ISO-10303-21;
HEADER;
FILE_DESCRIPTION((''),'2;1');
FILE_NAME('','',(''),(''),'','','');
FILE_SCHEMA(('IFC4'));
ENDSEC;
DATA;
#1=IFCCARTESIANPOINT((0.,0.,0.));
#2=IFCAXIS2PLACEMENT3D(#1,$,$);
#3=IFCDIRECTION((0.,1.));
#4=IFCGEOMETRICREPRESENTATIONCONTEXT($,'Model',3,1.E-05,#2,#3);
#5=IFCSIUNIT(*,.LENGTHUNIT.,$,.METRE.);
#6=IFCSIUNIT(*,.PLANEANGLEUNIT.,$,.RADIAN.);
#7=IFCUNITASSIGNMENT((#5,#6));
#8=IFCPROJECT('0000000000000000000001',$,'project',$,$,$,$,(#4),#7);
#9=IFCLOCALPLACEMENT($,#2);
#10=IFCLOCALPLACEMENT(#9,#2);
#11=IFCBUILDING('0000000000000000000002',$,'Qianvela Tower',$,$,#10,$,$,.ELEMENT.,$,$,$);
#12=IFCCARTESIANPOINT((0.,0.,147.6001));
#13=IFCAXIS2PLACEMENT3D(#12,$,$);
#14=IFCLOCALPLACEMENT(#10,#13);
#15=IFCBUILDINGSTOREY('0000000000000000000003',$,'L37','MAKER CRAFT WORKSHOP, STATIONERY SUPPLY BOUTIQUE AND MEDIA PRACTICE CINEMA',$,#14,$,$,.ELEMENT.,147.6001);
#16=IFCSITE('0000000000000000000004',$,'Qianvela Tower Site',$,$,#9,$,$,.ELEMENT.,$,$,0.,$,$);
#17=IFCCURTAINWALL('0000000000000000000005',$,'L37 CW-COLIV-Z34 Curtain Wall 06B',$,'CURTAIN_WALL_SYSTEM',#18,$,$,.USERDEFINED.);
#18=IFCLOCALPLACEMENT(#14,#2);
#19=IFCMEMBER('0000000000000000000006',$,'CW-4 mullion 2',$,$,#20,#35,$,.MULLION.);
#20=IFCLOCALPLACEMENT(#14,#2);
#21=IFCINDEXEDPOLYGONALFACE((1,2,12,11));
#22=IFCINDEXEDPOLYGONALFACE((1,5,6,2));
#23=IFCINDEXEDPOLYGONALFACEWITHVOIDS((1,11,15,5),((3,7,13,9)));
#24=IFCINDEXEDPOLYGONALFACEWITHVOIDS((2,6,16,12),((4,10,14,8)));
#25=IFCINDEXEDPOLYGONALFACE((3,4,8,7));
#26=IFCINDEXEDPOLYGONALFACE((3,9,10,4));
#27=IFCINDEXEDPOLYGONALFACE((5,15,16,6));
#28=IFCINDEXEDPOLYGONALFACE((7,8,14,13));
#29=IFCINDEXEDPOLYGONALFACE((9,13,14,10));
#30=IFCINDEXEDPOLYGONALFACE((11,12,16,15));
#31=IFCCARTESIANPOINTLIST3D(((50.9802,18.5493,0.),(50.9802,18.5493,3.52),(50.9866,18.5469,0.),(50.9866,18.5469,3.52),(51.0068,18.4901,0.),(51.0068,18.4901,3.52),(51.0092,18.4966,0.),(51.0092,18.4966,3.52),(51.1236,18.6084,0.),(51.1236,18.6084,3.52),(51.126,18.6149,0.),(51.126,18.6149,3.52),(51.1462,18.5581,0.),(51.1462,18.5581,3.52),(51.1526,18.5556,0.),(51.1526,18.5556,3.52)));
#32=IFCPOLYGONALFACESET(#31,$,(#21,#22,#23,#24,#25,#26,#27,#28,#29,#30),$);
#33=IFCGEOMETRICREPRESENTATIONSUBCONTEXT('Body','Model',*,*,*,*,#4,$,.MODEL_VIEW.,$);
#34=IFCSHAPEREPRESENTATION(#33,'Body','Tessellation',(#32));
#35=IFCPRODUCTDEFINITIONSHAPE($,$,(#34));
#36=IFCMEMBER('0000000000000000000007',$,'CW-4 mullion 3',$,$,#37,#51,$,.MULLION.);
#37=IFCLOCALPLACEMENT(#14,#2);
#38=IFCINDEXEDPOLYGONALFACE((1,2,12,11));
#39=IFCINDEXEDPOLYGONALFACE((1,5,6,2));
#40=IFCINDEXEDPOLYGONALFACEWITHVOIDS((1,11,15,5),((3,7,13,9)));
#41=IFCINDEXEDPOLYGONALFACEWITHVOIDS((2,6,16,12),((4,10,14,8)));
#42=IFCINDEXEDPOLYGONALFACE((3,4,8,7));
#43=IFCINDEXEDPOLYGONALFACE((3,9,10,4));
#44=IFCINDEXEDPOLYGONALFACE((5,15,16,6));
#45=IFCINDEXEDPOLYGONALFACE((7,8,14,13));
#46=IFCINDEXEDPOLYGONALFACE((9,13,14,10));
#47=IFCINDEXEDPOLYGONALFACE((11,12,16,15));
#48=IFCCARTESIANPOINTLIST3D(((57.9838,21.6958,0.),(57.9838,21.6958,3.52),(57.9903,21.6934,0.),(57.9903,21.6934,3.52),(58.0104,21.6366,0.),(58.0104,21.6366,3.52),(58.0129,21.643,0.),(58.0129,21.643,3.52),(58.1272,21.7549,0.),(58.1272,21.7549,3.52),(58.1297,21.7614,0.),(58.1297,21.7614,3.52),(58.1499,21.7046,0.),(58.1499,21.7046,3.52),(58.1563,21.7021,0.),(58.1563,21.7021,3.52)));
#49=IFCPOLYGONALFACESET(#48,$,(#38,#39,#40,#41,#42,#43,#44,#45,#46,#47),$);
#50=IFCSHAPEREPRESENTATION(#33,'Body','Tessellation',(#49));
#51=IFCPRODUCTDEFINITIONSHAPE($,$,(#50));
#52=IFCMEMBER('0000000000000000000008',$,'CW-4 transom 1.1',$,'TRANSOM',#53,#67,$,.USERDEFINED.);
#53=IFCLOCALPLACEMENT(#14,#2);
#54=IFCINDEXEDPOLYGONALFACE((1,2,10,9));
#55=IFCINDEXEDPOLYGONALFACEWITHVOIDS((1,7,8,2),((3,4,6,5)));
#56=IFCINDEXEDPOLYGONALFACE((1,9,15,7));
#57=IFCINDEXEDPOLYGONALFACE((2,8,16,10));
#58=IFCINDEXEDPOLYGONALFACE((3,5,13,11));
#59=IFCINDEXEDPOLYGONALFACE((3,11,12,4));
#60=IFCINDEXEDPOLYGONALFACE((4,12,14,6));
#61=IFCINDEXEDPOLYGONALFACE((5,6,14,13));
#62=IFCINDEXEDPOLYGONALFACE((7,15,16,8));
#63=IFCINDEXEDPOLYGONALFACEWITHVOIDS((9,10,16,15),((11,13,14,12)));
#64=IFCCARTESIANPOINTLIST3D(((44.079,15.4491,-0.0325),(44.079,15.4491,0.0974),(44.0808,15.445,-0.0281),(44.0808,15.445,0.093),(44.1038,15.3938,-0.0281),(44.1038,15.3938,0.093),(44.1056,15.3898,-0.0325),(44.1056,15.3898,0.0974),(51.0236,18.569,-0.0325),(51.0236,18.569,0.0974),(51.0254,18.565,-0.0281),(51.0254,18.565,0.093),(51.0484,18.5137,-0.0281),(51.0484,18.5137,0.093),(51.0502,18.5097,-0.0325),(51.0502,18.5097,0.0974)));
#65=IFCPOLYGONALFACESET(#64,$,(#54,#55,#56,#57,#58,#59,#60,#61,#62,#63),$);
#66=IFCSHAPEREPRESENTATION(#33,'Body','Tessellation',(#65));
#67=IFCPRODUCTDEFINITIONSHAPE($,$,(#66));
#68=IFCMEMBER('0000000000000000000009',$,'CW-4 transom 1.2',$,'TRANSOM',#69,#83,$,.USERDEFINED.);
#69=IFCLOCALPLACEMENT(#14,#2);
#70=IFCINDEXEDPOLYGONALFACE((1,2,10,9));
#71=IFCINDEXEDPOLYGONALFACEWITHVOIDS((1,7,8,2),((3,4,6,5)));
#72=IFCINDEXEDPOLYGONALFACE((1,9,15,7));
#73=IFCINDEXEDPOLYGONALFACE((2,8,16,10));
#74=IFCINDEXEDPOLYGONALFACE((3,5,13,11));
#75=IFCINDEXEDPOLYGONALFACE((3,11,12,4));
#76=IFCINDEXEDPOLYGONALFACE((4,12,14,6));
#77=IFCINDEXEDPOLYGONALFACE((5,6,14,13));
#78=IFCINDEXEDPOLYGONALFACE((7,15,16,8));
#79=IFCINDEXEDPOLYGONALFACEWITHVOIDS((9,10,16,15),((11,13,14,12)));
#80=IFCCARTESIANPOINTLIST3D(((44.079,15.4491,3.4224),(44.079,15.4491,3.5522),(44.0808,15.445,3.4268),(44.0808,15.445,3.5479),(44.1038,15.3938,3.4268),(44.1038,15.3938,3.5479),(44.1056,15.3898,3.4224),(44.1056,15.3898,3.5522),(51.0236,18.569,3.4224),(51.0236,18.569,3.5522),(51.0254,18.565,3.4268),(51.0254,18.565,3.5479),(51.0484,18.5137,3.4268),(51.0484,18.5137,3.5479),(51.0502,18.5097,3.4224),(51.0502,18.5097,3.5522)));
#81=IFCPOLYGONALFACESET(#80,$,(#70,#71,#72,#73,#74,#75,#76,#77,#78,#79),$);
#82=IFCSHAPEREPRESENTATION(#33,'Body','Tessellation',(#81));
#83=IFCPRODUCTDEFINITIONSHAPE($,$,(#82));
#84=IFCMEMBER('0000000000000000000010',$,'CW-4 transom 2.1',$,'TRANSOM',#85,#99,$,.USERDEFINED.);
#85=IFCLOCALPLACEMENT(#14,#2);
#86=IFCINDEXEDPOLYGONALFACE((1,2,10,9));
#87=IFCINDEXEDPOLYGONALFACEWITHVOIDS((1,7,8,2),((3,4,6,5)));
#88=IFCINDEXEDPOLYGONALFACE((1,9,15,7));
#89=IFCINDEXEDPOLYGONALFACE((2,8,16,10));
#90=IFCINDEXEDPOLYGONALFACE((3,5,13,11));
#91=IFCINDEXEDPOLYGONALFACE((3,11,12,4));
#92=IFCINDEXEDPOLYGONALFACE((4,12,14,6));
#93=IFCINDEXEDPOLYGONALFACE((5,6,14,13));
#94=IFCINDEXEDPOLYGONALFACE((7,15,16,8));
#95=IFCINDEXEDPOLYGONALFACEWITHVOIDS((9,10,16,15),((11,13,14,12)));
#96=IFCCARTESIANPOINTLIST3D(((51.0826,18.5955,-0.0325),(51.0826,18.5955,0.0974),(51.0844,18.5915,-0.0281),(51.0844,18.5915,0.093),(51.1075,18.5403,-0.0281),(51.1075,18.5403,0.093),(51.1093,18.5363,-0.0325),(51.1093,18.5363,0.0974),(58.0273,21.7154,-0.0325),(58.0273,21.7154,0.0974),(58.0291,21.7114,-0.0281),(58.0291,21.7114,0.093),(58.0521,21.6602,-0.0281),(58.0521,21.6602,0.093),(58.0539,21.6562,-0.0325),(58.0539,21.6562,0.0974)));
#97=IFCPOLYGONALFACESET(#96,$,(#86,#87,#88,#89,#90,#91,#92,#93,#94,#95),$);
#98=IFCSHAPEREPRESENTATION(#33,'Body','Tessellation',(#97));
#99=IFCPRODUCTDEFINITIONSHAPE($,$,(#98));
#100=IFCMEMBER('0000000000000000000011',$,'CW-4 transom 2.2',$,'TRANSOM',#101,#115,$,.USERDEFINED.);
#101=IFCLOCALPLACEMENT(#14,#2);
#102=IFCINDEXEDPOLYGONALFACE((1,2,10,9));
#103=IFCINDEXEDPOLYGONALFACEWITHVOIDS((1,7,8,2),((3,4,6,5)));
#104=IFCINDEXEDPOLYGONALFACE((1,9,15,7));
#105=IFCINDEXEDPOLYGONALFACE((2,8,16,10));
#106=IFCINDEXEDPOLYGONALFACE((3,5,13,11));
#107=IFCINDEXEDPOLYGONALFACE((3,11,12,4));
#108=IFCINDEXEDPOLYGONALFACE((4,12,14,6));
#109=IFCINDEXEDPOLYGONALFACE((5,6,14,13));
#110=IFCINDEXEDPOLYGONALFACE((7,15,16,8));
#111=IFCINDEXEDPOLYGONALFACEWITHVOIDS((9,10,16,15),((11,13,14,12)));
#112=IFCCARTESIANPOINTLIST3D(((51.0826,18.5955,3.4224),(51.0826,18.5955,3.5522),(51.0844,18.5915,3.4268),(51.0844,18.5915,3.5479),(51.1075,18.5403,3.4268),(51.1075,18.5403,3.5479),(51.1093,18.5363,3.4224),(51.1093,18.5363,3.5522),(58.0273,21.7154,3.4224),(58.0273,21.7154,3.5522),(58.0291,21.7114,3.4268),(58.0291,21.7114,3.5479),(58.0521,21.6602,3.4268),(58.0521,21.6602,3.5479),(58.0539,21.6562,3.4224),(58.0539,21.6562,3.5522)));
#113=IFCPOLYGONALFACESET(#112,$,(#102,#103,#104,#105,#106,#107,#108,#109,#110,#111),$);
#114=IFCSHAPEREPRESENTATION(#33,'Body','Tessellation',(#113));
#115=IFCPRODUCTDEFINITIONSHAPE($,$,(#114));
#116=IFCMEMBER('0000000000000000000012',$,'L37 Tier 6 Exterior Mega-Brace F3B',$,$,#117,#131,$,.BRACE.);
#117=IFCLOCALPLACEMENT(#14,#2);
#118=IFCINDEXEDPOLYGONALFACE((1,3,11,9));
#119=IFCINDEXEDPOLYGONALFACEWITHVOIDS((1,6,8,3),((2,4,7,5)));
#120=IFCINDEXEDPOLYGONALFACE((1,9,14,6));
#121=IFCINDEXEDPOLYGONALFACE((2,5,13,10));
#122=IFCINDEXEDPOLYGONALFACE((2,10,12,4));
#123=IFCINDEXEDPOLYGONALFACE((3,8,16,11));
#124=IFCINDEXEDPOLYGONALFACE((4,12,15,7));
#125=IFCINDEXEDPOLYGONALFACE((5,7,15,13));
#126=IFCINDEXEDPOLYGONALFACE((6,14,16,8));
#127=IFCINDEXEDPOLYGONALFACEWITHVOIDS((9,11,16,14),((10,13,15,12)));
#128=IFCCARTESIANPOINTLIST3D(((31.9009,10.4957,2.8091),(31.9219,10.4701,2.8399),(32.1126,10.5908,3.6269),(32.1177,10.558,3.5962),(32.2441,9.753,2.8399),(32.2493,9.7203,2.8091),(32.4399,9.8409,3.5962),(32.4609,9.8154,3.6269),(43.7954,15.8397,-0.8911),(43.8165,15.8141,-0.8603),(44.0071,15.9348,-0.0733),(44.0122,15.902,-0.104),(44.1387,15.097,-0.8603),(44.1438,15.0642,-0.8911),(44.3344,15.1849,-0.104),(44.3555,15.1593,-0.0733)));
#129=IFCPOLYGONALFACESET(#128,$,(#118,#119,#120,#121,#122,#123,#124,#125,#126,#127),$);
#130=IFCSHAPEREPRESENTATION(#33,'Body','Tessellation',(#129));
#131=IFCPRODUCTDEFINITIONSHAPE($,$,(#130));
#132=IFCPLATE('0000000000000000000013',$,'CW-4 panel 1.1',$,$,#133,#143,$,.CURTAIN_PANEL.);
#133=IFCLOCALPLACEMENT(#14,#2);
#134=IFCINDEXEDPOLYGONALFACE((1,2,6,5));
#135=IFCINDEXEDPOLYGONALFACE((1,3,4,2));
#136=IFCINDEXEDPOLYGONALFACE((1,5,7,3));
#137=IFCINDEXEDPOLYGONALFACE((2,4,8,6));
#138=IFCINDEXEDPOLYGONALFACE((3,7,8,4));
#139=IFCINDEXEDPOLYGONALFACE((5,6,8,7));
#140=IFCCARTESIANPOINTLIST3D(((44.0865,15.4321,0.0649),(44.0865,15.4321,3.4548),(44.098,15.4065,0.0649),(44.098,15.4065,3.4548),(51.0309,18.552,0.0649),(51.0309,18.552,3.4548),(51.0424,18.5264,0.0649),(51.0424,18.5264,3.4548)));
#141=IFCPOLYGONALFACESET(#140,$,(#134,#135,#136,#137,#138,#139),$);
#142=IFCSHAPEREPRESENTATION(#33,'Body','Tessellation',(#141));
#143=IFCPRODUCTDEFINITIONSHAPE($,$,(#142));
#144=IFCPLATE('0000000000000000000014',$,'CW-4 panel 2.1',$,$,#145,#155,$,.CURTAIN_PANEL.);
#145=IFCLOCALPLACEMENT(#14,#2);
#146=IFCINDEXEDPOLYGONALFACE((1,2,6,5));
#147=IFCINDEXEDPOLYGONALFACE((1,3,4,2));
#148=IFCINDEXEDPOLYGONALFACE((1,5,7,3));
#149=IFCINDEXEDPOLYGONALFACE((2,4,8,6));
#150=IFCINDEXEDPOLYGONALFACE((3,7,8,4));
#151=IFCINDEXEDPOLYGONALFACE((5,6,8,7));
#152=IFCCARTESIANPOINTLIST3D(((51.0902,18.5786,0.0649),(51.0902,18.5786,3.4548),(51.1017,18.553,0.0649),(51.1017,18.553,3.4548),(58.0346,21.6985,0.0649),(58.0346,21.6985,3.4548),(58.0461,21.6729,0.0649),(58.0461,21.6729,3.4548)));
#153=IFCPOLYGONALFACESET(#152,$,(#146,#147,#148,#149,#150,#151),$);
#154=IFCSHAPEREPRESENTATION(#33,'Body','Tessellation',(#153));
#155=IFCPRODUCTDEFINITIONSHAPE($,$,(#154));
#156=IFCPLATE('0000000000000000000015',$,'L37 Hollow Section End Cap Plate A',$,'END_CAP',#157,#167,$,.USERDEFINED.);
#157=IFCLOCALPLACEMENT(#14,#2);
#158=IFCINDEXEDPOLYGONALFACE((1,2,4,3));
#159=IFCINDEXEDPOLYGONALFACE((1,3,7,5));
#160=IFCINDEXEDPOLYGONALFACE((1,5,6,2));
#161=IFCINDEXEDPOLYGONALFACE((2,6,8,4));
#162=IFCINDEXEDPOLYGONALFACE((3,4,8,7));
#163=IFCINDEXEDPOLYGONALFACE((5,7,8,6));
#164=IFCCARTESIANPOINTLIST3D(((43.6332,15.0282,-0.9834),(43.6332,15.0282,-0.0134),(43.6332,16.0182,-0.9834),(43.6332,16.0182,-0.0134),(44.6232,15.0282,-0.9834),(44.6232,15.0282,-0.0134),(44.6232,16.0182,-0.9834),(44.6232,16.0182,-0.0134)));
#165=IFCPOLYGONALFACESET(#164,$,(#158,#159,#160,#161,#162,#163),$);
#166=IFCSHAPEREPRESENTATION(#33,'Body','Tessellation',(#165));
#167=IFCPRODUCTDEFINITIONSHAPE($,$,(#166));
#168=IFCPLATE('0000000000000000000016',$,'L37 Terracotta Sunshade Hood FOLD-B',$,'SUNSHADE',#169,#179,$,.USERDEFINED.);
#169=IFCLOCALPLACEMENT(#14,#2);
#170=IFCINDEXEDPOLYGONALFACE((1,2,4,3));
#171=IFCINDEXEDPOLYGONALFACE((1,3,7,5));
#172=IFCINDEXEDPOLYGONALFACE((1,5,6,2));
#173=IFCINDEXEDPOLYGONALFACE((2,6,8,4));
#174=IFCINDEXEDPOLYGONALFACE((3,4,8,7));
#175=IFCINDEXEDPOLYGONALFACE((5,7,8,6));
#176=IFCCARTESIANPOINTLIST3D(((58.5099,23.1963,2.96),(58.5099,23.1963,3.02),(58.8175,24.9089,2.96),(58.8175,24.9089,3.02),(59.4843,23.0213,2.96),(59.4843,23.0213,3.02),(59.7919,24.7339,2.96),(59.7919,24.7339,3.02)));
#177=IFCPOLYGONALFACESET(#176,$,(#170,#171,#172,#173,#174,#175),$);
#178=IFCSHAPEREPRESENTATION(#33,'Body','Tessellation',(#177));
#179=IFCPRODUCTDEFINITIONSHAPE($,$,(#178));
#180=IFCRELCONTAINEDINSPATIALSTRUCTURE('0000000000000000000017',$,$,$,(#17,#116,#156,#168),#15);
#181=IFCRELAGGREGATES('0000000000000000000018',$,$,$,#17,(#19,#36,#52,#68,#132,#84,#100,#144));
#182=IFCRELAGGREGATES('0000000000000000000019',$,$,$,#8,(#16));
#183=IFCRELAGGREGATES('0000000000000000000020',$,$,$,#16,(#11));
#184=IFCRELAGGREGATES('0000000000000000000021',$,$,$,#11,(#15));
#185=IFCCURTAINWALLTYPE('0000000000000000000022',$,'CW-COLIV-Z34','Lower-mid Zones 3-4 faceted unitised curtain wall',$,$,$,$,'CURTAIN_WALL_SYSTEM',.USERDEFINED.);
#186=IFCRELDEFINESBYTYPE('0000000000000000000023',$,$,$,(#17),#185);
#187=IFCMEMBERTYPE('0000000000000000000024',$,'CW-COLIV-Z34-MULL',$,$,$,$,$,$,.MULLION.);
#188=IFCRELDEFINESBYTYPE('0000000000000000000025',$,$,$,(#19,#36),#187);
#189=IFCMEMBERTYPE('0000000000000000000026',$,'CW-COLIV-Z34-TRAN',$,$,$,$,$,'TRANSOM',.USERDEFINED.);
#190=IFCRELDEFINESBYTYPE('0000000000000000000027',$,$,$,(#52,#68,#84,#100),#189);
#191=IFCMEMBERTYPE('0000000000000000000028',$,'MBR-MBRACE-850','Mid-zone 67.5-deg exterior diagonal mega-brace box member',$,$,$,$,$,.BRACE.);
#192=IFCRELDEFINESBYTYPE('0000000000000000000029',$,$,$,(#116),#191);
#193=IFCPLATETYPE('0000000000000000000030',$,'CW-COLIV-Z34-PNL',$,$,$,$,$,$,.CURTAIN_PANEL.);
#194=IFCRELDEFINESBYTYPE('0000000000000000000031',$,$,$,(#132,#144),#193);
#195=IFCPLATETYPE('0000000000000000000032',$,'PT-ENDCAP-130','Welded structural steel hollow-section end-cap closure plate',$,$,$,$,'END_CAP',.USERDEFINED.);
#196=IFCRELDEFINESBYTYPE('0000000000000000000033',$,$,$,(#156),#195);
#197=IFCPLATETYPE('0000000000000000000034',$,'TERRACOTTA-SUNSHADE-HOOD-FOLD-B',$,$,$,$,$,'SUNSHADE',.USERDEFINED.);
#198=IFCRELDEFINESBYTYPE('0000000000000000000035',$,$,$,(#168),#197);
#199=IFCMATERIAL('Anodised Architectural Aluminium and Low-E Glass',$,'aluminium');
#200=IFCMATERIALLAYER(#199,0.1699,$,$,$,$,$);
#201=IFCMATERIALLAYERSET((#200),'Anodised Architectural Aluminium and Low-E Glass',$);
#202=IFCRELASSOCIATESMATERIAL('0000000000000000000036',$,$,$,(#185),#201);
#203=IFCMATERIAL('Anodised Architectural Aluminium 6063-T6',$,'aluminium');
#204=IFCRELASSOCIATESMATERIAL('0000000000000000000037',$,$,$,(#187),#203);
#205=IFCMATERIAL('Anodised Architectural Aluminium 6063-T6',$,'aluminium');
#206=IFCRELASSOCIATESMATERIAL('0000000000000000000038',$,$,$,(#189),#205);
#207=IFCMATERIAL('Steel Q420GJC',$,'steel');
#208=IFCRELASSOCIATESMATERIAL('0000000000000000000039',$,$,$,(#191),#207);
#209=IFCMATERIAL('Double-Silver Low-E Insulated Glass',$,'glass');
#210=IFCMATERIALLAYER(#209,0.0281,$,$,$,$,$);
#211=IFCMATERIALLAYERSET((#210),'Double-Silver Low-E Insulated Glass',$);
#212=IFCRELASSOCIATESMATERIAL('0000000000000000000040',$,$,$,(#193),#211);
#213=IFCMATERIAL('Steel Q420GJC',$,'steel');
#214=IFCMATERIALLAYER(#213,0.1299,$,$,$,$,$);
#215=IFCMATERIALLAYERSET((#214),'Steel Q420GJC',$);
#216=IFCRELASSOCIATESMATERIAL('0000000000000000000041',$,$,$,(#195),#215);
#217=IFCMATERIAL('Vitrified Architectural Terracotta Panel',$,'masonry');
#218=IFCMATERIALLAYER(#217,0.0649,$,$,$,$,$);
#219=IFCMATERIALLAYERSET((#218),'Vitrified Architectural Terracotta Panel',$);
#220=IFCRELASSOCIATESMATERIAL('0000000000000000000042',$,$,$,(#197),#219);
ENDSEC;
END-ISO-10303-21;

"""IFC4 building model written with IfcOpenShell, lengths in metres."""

from ifc_helpers import new_model, si_unit, direction, frame, origin, origin_2d, place, context, subcontext, project, spatial, rectangle, hollow_rectangle, extrude, material, layer, layer_set, material_profile, profile_set, type_object, element, aggregate, save


model = new_model("IFC4")

# Units and contexts
model_context = context("Model", 3, precision=1e-05, world=origin(), true_north=direction((0.0, 1.0)))
body_context = subcontext(model_context, "Body", "Model", "MODEL_VIEW")
ifc_project = project(units=[si_unit("LENGTHUNIT", "METRE"), si_unit("PLANEANGLEUNIT", "RADIAN")], contexts=[model_context])

# Site, building, storey
site_placement = place(None, origin())
site = spatial("IfcSite", under=ifc_project, at=site_placement, Name="Qianvela Tower Site", CompositionType="ELEMENT", RefElevation=0.0)
building_placement = place(site_placement, origin())
building = spatial("IfcBuilding", under=site, at=building_placement, Name="Qianvela Tower", CompositionType="ELEMENT")
storey_placement = place(building_placement, frame((0.0, 0.0, 147.6001)))
storey = spatial("IfcBuildingStorey", under=building, at=storey_placement, Name="L37", Description="MAKER CRAFT WORKSHOP, STATIONERY SUPPLY BOUTIQUE AND MEDIA PRACTICE CINEMA", CompositionType="ELEMENT", Elevation=147.6001)

# Curtain wall, members
ifc_material_1 = material(Name="Anodised Architectural Aluminium and Low-E Glass", Category="aluminium")
ifc_layer_1 = layer(ifc_material_1, 0.1699)
ifc_layer_set_1 = layer_set([ifc_layer_1], Name="Anodised Architectural Aluminium and Low-E Glass")
curtain_wall_type = type_object("IfcCurtainWallType", Name="CW-COLIV-Z34", Description="Lower-mid Zones 3-4 faceted unitised curtain wall", ElementType="CURTAIN_WALL_SYSTEM", PredefinedType="USERDEFINED", material=ifc_layer_set_1)
curtain_wall_placement = place(storey_placement, origin())
curtain_wall = element("IfcCurtainWall", 1, at=curtain_wall_placement, inside=storey, type_object=curtain_wall_type, Name="L37 CW-COLIV-Z34 Curtain Wall 06B", ObjectType="CURTAIN_WALL_SYSTEM", PredefinedType="USERDEFINED")
ifc_material_2 = material(Name="Anodised Architectural Aluminium 6063-T6", Category="aluminium")
ifc_material_profile_1 = material_profile(ifc_material_2, hollow_rectangle(XDim=0.0649, YDim=0.1599, WallThickness=0.0049, at=origin_2d()), Name="ALU-MULL-65x160")
ifc_profile_set_1 = profile_set([ifc_material_profile_1], Name="Anodised Architectural Aluminium 6063-T6")
member_type_1 = type_object("IfcMemberType", Name="CW-COLIV-Z34-MULL", PredefinedType="MULLION", material=ifc_profile_set_1)
member_1_placement = place(storey_placement, frame((51.0664, 18.5525, 0.0), z_axis=(0.0, 0.0, 1.0), x_axis=(-0.409811, 0.912171, 0.0)))
member_1 = element("IfcMember", 2, at=member_1_placement, type_object=member_type_1, Name="CW-4 mullion 2", PredefinedType="MULLION", context=body_context, shape_type="SweptSolid", body=[
    extrude(hollow_rectangle(XDim=0.0649, YDim=0.1599, WallThickness=0.0049, at=origin_2d()), origin(), (0.0, 0.0, 1.0), 3.52),
])
member_2_placement = place(storey_placement, frame((58.0701, 21.699, 0.0), z_axis=(0.0, 0.0, 1.0), x_axis=(-0.409811, 0.912171, 0.0)))
member_2 = element("IfcMember", 3, at=member_2_placement, type_object=member_type_1, Name="CW-4 mullion 3", PredefinedType="MULLION", context=body_context, shape_type="SweptSolid", body=[
    extrude(hollow_rectangle(XDim=0.0649, YDim=0.1599, WallThickness=0.0049, at=origin_2d()), origin(), (0.0, 0.0, 1.0), 3.52),
])
ifc_material_3 = material(Name="Anodised Architectural Aluminium 6063-T6", Category="aluminium")
ifc_material_profile_2 = material_profile(ifc_material_3, hollow_rectangle(XDim=0.0649, YDim=0.1299, WallThickness=0.0044, at=origin_2d()), Name="ALU-TRAN-65x130")
ifc_profile_set_2 = profile_set([ifc_material_profile_2], Name="Anodised Architectural Aluminium 6063-T6")
member_type_2 = type_object("IfcMemberType", Name="CW-COLIV-Z34-TRAN", ElementType="TRANSOM", PredefinedType="USERDEFINED", material=ifc_profile_set_2)
member_3_placement = place(storey_placement, frame((44.0923, 15.4194, 0.0325), z_axis=(0.912176, 0.409798, 0.0), x_axis=(-0.409798, 0.912176, 0.0)))
member_3 = element("IfcMember", 4, at=member_3_placement, type_object=member_type_2, Name="CW-4 transom 1.1", ObjectType="TRANSOM", PredefinedType="USERDEFINED", context=body_context, shape_type="SweptSolid", body=[
    extrude(hollow_rectangle(XDim=0.0649, YDim=0.1299, WallThickness=0.0044, at=origin_2d()), origin(), (0.0, 0.0, 1.0), 7.6133),
])
member_4_placement = place(storey_placement, frame((44.0923, 15.4194, 3.4873), z_axis=(0.912176, 0.409798, 0.0), x_axis=(-0.409798, 0.912176, 0.0)))
member_4 = element("IfcMember", 5, at=member_4_placement, type_object=member_type_2, Name="CW-4 transom 1.2", ObjectType="TRANSOM", PredefinedType="USERDEFINED", context=body_context, shape_type="SweptSolid", body=[
    extrude(hollow_rectangle(XDim=0.0649, YDim=0.1299, WallThickness=0.0044, at=origin_2d()), origin(), (0.0, 0.0, 1.0), 7.6133),
])
member_5_placement = place(storey_placement, frame((51.0959, 18.5659, 0.0325), z_axis=(0.912176, 0.409798, 0.0), x_axis=(-0.409798, 0.912176, 0.0)))
member_5 = element("IfcMember", 6, at=member_5_placement, type_object=member_type_2, Name="CW-4 transom 2.1", ObjectType="TRANSOM", PredefinedType="USERDEFINED", context=body_context, shape_type="SweptSolid", body=[
    extrude(hollow_rectangle(XDim=0.0649, YDim=0.1299, WallThickness=0.0044, at=origin_2d()), origin(), (0.0, 0.0, 1.0), 7.6133),
])
member_6_placement = place(storey_placement, frame((51.0959, 18.5659, 3.4873), z_axis=(0.912176, 0.409798, 0.0), x_axis=(-0.409798, 0.912176, 0.0)))
member_6 = element("IfcMember", 7, at=member_6_placement, type_object=member_type_2, Name="CW-4 transom 2.2", ObjectType="TRANSOM", PredefinedType="USERDEFINED", context=body_context, shape_type="SweptSolid", body=[
    extrude(hollow_rectangle(XDim=0.0649, YDim=0.1299, WallThickness=0.0044, at=origin_2d()), origin(), (0.0, 0.0, 1.0), 7.6133),
])

# Member
ifc_material_4 = material(Name="Steel Q420GJC", Category="steel")
ifc_material_profile_3 = material_profile(ifc_material_4, hollow_rectangle(XDim=0.8501, YDim=0.8501, WallThickness=0.032, at=origin_2d()), Name="MBOX-850x850x32")
ifc_profile_set_3 = profile_set([ifc_material_profile_3], Name="Steel Q420GJC")
member_type_3 = type_object("IfcMemberType", Name="MBR-MBRACE-850", Description="Mid-zone 67.5-deg exterior diagonal mega-brace box member", PredefinedType="BRACE", material=ifc_profile_set_3)
member_7_placement = place(storey_placement, frame((44.0754, 15.4995, -0.4822), z_axis=(-0.877522, -0.394254, 0.272983), x_axis=(0.40982, -0.912167, 0.0)))
element("IfcMember", 8, at=member_7_placement, inside=storey, type_object=member_type_3, Name="L37 Tier 6 Exterior Mega-Brace F3B", PredefinedType="BRACE", context=body_context, shape_type="SweptSolid", body=[
    extrude(hollow_rectangle(XDim=0.8501, YDim=0.8501, WallThickness=0.032, at=origin_2d()), origin(), (0.0, 0.0, 1.0), 13.5547),
])

# Plates
ifc_material_5 = material(Name="Double-Silver Low-E Insulated Glass", Category="glass")
ifc_layer_2 = layer(ifc_material_5, 0.0281)
ifc_layer_set_2 = layer_set([ifc_layer_2], Name="Double-Silver Low-E Insulated Glass")
plate_type_1 = type_object("IfcPlateType", Name="CW-COLIV-Z34-PNL", PredefinedType="CURTAIN_PANEL", material=ifc_layer_set_2)
plate_1_placement = place(storey_placement, frame((47.5645, 16.9792, 0.0649), z_axis=(0.0, 0.0, 1.0), x_axis=(0.912171, 0.409811, 0.0)))
plate_1 = element("IfcPlate", 9, at=plate_1_placement, type_object=plate_type_1, Name="CW-4 panel 1.1", PredefinedType="CURTAIN_PANEL", context=body_context, shape_type="SweptSolid", body=[
    extrude(rectangle(XDim=7.613, YDim=0.0281, at=origin_2d()), origin(), (0.0, 0.0, 1.0), 3.3899),
])
plate_2_placement = place(storey_placement, frame((54.5681, 20.1257, 0.0649), z_axis=(0.0, 0.0, 1.0), x_axis=(0.912171, 0.409811, 0.0)))
plate_2 = element("IfcPlate", 10, at=plate_2_placement, type_object=plate_type_1, Name="CW-4 panel 2.1", PredefinedType="CURTAIN_PANEL", context=body_context, shape_type="SweptSolid", body=[
    extrude(rectangle(XDim=7.613, YDim=0.0281, at=origin_2d()), origin(), (0.0, 0.0, 1.0), 3.3899),
])
aggregate(curtain_wall, [member_1, member_2, member_3, member_4, plate_1, member_5, member_6, plate_2])

# Plates
ifc_material_6 = material(Name="Steel Q420GJC", Category="steel")
ifc_layer_3 = layer(ifc_material_6, 0.1299)
ifc_layer_set_3 = layer_set([ifc_layer_3], Name="Steel Q420GJC")
plate_type_2 = type_object("IfcPlateType", Name="PT-ENDCAP-130", Description="Welded structural steel hollow-section end-cap closure plate", ElementType="END_CAP", PredefinedType="USERDEFINED", material=ifc_layer_set_3)
plate_3_placement = place(storey_placement, frame((44.1282, 15.5232, -0.9834), z_axis=(0.0, 0.0, 1.0), x_axis=(1.0, 0.0, 0.0)))
element("IfcPlate", 11, at=plate_3_placement, inside=storey, type_object=plate_type_2, Name="L37 Hollow Section End Cap Plate A", ObjectType="END_CAP", PredefinedType="USERDEFINED", context=body_context, shape_type="SweptSolid", body=[
    extrude(rectangle(XDim=0.99, YDim=0.99, at=origin_2d()), origin(), (0.0, 0.0, 1.0), 0.97),
])
ifc_material_7 = material(Name="Vitrified Architectural Terracotta Panel", Category="masonry")
ifc_layer_4 = layer(ifc_material_7, 0.0649)
ifc_layer_set_4 = layer_set([ifc_layer_4], Name="Vitrified Architectural Terracotta Panel")
plate_type_3 = type_object("IfcPlateType", Name="TERRACOTTA-SUNSHADE-HOOD-FOLD-B", ElementType="SUNSHADE", PredefinedType="USERDEFINED", material=ifc_layer_set_4)
for number, where, z_axis, x_axis, name in (
    (12, (59.1509, 23.9651, 2.96), (0.0, 0.0, 1.0), (0.176794, 0.984248, 0.0), "L37 Terracotta Sunshade Hood FOLD-B"),
):
    element("IfcPlate", number, at=place(storey_placement, frame(where, z_axis=z_axis, x_axis=x_axis)), inside=storey, type_object=plate_type_3, Name=name, ObjectType="SUNSHADE", PredefinedType="USERDEFINED", context=body_context, shape_type="SweptSolid", body=[
        extrude(rectangle(XDim=1.74, YDim=0.99, at=origin_2d()), origin(), (0.0, 0.0, 1.0), 0.0601),
    ])

save(model, "model.ifc")
